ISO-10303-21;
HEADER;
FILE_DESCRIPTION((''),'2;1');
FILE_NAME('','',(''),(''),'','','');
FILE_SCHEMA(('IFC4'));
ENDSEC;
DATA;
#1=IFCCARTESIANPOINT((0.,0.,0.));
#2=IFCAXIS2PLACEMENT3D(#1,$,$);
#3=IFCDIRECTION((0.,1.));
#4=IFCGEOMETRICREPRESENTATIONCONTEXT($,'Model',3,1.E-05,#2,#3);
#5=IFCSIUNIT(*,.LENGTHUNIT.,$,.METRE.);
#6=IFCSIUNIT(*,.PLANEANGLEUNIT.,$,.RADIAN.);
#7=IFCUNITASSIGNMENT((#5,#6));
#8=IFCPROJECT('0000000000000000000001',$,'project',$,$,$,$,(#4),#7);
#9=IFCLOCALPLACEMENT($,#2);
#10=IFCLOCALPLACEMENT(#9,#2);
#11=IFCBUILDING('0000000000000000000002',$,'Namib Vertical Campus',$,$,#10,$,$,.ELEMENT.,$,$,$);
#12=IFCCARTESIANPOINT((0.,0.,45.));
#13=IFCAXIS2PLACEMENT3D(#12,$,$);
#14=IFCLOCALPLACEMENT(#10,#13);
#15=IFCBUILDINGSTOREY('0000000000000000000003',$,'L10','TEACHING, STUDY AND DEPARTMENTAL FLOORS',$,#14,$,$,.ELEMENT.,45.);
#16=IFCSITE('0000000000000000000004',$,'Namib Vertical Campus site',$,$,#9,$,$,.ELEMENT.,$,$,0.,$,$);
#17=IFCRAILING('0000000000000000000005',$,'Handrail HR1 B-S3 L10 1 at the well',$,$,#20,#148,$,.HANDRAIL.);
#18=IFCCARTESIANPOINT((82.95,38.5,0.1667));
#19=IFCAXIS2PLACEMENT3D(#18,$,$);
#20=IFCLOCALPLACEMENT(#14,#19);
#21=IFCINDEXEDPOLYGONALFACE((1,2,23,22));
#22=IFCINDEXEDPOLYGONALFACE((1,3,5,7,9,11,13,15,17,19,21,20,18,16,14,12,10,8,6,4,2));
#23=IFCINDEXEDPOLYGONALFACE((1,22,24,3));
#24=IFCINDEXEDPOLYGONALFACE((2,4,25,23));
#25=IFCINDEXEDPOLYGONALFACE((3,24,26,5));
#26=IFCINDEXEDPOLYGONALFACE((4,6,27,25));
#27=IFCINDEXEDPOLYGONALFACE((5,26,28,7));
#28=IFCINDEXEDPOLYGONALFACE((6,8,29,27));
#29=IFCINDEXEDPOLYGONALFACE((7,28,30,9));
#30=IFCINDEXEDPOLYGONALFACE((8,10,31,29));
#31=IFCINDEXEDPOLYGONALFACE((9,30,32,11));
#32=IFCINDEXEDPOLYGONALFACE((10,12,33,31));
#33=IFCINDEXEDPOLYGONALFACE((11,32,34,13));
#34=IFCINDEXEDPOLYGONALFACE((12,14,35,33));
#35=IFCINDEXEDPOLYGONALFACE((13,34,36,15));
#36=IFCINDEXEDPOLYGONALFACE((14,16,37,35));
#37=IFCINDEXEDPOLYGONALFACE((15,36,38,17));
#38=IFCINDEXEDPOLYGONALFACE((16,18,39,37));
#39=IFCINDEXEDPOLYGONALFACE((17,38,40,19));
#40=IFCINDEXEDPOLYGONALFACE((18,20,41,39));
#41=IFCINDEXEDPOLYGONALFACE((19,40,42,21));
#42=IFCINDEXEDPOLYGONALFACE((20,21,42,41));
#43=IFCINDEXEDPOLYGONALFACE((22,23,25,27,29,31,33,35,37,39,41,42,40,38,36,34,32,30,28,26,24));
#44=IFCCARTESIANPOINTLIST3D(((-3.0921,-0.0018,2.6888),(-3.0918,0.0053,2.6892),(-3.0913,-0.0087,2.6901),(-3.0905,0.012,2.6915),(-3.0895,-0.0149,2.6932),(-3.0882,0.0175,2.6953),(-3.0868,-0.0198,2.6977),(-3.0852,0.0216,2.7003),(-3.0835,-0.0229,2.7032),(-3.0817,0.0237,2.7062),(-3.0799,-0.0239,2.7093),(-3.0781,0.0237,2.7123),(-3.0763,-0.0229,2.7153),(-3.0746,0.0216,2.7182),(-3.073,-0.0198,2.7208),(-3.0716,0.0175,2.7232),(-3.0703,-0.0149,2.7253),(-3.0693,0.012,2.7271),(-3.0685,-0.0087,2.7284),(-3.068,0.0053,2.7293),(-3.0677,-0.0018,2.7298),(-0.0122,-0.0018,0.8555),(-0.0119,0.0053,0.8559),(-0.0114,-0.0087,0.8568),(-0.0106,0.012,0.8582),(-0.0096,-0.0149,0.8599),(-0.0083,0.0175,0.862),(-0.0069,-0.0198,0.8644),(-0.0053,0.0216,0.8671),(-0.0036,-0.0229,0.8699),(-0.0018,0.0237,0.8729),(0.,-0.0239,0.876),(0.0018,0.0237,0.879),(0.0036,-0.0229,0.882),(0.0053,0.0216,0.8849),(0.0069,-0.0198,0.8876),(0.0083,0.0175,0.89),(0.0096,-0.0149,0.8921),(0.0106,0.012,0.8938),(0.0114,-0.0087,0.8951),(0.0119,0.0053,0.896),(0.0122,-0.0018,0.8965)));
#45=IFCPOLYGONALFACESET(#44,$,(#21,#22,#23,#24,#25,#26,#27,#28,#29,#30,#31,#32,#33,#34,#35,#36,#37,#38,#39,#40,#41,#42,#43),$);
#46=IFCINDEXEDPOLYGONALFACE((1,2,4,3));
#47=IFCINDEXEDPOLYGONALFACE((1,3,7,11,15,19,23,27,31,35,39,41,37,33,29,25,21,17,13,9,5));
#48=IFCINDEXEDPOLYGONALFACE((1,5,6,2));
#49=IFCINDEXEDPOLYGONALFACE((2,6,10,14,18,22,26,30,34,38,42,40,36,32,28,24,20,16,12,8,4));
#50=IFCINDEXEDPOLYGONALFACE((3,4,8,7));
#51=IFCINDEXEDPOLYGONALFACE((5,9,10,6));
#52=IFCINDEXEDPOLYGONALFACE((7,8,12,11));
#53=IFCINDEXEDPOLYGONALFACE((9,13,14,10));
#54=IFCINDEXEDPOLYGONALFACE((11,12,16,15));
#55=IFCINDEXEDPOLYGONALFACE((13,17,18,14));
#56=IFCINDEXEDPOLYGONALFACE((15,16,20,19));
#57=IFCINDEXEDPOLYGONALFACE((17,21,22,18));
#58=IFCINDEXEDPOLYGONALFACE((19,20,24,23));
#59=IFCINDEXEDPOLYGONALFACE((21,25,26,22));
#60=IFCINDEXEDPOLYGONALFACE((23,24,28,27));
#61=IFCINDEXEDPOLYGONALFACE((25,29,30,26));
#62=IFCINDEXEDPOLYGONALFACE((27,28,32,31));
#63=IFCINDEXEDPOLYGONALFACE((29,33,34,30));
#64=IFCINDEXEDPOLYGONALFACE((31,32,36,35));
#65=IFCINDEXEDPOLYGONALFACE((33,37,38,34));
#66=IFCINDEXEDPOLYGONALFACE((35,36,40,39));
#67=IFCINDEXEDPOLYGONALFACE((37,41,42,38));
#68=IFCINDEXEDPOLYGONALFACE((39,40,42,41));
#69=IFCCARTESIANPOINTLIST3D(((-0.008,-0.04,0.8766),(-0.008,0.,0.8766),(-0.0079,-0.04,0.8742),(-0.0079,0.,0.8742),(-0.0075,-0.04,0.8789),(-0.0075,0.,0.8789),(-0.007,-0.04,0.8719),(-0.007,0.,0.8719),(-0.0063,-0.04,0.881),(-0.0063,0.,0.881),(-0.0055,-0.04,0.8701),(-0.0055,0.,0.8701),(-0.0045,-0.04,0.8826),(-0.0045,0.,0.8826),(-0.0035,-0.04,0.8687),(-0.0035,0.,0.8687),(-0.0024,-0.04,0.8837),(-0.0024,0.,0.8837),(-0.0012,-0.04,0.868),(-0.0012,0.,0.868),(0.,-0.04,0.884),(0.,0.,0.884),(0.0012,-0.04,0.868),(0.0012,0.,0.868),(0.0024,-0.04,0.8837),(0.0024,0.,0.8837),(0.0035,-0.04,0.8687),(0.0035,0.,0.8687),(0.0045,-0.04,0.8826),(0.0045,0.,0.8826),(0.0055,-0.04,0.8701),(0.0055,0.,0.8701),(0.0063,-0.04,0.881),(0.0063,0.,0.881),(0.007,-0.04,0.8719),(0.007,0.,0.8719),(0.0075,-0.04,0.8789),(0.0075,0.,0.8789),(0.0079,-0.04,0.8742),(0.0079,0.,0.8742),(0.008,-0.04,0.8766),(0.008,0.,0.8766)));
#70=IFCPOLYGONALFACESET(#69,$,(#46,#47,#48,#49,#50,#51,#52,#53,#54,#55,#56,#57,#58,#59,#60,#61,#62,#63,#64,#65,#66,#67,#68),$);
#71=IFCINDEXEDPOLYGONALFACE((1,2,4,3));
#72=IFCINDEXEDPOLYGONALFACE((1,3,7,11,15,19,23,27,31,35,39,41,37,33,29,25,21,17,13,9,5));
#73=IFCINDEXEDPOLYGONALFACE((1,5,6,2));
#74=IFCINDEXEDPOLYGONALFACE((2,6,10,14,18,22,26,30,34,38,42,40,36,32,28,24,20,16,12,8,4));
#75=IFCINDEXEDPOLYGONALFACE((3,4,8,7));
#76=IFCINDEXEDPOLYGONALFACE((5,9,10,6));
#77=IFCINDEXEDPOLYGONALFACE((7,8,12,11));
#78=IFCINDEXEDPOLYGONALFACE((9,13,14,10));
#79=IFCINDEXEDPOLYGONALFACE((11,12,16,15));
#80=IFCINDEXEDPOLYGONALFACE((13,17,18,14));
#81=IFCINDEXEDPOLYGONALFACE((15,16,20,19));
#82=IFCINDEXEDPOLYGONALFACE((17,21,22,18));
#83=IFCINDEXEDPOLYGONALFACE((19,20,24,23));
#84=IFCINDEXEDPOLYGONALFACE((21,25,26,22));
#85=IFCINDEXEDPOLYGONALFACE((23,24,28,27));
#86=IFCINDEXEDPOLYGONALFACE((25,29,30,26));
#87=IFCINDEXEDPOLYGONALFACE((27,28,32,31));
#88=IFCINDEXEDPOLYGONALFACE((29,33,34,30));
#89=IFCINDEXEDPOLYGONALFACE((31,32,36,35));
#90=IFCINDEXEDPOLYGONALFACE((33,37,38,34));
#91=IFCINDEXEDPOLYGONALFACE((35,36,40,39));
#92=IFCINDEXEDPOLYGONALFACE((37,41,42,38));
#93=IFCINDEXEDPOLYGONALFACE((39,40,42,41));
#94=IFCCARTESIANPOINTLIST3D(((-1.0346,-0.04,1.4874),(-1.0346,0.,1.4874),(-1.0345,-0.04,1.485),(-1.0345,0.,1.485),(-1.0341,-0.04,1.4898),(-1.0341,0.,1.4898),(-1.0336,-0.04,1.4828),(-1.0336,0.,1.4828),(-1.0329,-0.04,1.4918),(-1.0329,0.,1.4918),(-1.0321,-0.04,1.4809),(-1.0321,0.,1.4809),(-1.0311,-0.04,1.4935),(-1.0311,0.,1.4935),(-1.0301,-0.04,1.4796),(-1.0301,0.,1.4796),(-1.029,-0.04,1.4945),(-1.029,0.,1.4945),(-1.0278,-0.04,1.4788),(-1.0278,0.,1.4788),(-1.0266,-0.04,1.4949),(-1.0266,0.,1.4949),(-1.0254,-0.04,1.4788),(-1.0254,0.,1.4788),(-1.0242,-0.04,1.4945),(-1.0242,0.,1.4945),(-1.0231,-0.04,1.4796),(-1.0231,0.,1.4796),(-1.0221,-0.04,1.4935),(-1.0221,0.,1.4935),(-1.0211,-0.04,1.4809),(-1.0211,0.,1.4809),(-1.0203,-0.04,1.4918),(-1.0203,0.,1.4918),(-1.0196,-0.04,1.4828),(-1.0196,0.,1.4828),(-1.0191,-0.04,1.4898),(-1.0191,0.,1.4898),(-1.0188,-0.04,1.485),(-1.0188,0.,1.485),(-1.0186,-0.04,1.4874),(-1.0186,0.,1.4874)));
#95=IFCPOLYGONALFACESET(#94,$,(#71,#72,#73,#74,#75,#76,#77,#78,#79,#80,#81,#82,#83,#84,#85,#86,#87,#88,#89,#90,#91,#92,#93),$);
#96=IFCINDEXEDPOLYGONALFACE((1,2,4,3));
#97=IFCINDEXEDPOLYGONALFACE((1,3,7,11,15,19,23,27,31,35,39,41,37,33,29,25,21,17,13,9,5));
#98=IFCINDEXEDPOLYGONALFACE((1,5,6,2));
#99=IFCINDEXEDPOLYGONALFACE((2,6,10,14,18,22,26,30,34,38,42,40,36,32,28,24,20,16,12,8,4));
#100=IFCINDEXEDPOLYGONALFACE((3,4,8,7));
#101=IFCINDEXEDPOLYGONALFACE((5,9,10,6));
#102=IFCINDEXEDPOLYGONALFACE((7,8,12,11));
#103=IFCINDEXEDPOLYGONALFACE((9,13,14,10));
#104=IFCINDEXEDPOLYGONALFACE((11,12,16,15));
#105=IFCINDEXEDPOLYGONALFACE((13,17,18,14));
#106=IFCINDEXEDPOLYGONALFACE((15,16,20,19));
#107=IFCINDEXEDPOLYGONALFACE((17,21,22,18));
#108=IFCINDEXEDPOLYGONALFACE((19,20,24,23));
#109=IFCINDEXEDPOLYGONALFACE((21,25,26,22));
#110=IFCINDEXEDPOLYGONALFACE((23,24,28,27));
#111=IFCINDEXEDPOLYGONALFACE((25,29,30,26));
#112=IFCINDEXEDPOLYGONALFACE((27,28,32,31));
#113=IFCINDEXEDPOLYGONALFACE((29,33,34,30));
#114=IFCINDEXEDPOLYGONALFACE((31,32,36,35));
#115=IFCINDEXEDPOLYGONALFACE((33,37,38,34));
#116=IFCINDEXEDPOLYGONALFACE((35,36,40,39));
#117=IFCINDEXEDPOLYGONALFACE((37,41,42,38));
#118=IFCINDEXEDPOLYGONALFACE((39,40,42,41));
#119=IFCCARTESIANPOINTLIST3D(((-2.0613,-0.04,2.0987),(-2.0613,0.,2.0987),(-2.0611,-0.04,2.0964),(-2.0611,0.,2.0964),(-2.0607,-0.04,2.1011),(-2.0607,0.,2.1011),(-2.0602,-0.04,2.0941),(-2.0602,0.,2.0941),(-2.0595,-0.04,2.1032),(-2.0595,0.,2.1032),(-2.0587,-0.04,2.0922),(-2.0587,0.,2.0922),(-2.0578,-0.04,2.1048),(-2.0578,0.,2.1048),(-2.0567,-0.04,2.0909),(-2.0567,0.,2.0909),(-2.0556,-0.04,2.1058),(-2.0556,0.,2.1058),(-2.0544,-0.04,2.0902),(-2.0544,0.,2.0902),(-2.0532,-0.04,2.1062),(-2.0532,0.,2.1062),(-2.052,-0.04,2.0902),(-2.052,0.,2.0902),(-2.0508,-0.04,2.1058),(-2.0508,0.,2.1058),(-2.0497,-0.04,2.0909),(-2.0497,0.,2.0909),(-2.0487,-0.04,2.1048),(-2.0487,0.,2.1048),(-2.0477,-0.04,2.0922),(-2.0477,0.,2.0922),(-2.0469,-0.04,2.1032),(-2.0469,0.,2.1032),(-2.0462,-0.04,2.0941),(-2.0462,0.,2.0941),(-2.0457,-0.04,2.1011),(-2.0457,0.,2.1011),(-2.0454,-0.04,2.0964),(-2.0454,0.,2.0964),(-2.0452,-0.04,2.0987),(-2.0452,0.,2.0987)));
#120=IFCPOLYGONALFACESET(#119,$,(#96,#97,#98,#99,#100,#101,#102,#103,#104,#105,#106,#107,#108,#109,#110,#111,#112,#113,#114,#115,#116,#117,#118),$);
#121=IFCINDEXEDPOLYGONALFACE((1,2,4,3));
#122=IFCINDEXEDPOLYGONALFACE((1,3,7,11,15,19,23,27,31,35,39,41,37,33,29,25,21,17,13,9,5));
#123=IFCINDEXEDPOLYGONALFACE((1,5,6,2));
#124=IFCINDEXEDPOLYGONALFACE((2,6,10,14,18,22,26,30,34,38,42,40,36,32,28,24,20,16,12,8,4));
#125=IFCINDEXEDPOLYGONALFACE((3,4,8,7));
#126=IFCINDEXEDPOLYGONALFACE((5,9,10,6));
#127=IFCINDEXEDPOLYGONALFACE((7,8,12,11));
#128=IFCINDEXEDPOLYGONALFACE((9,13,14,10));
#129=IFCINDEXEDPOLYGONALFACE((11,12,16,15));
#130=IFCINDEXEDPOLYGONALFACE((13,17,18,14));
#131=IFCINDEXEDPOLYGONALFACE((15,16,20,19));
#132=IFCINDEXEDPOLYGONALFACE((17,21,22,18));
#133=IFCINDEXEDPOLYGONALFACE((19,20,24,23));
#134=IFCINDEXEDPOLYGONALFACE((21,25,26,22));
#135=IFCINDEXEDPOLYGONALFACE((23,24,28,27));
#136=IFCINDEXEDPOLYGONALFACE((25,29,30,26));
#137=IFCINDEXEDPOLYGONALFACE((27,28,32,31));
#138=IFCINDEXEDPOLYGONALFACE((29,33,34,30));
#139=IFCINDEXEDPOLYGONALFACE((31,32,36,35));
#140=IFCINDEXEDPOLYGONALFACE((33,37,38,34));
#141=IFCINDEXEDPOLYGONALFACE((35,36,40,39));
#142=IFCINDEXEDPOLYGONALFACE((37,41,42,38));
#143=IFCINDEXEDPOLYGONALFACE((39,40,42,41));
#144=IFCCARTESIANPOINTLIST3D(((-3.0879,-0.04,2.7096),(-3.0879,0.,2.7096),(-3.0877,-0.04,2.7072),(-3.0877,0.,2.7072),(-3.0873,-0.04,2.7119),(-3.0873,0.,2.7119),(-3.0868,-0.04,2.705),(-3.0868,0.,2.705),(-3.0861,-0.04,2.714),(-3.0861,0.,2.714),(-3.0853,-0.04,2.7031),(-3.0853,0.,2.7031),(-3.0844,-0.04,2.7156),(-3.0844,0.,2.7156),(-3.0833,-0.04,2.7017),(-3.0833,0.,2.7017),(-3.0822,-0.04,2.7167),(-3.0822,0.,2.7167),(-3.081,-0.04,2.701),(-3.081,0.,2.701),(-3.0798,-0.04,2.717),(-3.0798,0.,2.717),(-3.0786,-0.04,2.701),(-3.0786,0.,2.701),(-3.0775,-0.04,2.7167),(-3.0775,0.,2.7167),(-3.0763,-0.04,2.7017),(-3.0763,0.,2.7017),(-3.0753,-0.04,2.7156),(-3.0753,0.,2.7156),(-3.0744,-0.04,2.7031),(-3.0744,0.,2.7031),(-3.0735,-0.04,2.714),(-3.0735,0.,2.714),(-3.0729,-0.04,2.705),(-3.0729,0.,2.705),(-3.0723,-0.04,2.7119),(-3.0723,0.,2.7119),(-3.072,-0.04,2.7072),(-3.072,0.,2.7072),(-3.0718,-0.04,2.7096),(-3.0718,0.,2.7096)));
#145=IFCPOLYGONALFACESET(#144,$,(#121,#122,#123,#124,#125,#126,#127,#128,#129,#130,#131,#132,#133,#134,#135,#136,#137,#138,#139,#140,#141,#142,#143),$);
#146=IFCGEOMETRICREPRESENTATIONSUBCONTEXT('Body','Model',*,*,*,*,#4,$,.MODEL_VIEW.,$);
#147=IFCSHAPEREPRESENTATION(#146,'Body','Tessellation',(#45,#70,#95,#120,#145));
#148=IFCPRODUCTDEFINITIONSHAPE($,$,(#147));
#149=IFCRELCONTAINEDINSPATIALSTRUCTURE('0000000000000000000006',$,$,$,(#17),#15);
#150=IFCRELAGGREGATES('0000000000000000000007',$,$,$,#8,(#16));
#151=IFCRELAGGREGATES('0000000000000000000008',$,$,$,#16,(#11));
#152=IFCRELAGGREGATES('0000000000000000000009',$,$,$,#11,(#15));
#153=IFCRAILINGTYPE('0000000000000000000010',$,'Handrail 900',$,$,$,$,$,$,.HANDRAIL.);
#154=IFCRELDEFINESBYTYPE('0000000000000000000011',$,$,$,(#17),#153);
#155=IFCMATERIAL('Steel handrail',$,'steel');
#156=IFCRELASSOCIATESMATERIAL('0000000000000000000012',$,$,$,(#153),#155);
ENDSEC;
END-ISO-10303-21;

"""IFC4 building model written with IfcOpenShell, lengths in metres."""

from ifc_helpers import new_model, si_unit, direction, frame, origin, origin_2d, place, context, subcontext, project, spatial, circle, extrude, material, type_object, element, save


model = new_model("IFC4")

# Units and contexts
model_context = context("Model", 3, precision=1e-05, world=origin(), true_north=direction((0.0, 1.0)))
body_context = subcontext(model_context, "Body", "Model", "MODEL_VIEW")
ifc_project = project(units=[si_unit("LENGTHUNIT", "METRE"), si_unit("PLANEANGLEUNIT", "RADIAN")], contexts=[model_context])

# Site, building, storey
site_placement = place(None, origin())
site = spatial("IfcSite", under=ifc_project, at=site_placement, Name="Namib Vertical Campus site", CompositionType="ELEMENT", RefElevation=0.0)
building_placement = place(site_placement, origin())
building = spatial("IfcBuilding", under=site, at=building_placement, Name="Namib Vertical Campus", CompositionType="ELEMENT")
storey_placement = place(building_placement, frame((0.0, 0.0, 45.0)))
storey = spatial("IfcBuildingStorey", under=building, at=storey_placement, Name="L10", Description="TEACHING, STUDY AND DEPARTMENTAL FLOORS", CompositionType="ELEMENT", Elevation=45.0)

# Railing
ifc_material_1 = material(Name="Steel handrail", Category="steel")
railing_type_1 = type_object("IfcRailingType", Name="Handrail 900", PredefinedType="HANDRAIL", material=ifc_material_1)
railing_1_placement = place(storey_placement, frame((82.95, 38.5, 0.1667)))
element("IfcRailing", 1, at=railing_1_placement, inside=storey, type_object=railing_type_1, Name="Handrail HR1 B-S3 L10 1 at the well", PredefinedType="HANDRAIL", context=body_context, shape_type="SweptSolid", body=[
    extrude(circle(Radius=0.0239, at=origin_2d()), frame((0.0, 0.0, 0.876), z_axis=(-0.859291, 0.0, 0.511487), x_axis=(0.0, -1.0, 0.0)), (0.0, 0.0, 1.0), 3.5842),
    extrude(circle(Radius=0.0081, at=origin_2d()), frame((0.0, 0.0, 0.876), z_axis=(0.0, -1.0, 0.0), x_axis=(0.0, 0.0, 1.0)), (0.0, 0.0, 1.0), 0.04),
    extrude(circle(Radius=0.0081, at=origin_2d()), frame((-1.0266, 0.0, 1.4868), z_axis=(0.0, -1.0, 0.0), x_axis=(0.0, 0.0, 1.0)), (0.0, 0.0, 1.0), 0.04),
    extrude(circle(Radius=0.0081, at=origin_2d()), frame((-2.0532, 0.0, 2.0981), z_axis=(0.0, -1.0, 0.0), x_axis=(0.0, 0.0, 1.0)), (0.0, 0.0, 1.0), 0.04),
    extrude(circle(Radius=0.0081, at=origin_2d()), frame((-3.0798, 0.0, 2.709), z_axis=(0.0, -1.0, 0.0), x_axis=(0.0, 0.0, 1.0)), (0.0, 0.0, 1.0), 0.04),
])

save(model, "model.ifc")
